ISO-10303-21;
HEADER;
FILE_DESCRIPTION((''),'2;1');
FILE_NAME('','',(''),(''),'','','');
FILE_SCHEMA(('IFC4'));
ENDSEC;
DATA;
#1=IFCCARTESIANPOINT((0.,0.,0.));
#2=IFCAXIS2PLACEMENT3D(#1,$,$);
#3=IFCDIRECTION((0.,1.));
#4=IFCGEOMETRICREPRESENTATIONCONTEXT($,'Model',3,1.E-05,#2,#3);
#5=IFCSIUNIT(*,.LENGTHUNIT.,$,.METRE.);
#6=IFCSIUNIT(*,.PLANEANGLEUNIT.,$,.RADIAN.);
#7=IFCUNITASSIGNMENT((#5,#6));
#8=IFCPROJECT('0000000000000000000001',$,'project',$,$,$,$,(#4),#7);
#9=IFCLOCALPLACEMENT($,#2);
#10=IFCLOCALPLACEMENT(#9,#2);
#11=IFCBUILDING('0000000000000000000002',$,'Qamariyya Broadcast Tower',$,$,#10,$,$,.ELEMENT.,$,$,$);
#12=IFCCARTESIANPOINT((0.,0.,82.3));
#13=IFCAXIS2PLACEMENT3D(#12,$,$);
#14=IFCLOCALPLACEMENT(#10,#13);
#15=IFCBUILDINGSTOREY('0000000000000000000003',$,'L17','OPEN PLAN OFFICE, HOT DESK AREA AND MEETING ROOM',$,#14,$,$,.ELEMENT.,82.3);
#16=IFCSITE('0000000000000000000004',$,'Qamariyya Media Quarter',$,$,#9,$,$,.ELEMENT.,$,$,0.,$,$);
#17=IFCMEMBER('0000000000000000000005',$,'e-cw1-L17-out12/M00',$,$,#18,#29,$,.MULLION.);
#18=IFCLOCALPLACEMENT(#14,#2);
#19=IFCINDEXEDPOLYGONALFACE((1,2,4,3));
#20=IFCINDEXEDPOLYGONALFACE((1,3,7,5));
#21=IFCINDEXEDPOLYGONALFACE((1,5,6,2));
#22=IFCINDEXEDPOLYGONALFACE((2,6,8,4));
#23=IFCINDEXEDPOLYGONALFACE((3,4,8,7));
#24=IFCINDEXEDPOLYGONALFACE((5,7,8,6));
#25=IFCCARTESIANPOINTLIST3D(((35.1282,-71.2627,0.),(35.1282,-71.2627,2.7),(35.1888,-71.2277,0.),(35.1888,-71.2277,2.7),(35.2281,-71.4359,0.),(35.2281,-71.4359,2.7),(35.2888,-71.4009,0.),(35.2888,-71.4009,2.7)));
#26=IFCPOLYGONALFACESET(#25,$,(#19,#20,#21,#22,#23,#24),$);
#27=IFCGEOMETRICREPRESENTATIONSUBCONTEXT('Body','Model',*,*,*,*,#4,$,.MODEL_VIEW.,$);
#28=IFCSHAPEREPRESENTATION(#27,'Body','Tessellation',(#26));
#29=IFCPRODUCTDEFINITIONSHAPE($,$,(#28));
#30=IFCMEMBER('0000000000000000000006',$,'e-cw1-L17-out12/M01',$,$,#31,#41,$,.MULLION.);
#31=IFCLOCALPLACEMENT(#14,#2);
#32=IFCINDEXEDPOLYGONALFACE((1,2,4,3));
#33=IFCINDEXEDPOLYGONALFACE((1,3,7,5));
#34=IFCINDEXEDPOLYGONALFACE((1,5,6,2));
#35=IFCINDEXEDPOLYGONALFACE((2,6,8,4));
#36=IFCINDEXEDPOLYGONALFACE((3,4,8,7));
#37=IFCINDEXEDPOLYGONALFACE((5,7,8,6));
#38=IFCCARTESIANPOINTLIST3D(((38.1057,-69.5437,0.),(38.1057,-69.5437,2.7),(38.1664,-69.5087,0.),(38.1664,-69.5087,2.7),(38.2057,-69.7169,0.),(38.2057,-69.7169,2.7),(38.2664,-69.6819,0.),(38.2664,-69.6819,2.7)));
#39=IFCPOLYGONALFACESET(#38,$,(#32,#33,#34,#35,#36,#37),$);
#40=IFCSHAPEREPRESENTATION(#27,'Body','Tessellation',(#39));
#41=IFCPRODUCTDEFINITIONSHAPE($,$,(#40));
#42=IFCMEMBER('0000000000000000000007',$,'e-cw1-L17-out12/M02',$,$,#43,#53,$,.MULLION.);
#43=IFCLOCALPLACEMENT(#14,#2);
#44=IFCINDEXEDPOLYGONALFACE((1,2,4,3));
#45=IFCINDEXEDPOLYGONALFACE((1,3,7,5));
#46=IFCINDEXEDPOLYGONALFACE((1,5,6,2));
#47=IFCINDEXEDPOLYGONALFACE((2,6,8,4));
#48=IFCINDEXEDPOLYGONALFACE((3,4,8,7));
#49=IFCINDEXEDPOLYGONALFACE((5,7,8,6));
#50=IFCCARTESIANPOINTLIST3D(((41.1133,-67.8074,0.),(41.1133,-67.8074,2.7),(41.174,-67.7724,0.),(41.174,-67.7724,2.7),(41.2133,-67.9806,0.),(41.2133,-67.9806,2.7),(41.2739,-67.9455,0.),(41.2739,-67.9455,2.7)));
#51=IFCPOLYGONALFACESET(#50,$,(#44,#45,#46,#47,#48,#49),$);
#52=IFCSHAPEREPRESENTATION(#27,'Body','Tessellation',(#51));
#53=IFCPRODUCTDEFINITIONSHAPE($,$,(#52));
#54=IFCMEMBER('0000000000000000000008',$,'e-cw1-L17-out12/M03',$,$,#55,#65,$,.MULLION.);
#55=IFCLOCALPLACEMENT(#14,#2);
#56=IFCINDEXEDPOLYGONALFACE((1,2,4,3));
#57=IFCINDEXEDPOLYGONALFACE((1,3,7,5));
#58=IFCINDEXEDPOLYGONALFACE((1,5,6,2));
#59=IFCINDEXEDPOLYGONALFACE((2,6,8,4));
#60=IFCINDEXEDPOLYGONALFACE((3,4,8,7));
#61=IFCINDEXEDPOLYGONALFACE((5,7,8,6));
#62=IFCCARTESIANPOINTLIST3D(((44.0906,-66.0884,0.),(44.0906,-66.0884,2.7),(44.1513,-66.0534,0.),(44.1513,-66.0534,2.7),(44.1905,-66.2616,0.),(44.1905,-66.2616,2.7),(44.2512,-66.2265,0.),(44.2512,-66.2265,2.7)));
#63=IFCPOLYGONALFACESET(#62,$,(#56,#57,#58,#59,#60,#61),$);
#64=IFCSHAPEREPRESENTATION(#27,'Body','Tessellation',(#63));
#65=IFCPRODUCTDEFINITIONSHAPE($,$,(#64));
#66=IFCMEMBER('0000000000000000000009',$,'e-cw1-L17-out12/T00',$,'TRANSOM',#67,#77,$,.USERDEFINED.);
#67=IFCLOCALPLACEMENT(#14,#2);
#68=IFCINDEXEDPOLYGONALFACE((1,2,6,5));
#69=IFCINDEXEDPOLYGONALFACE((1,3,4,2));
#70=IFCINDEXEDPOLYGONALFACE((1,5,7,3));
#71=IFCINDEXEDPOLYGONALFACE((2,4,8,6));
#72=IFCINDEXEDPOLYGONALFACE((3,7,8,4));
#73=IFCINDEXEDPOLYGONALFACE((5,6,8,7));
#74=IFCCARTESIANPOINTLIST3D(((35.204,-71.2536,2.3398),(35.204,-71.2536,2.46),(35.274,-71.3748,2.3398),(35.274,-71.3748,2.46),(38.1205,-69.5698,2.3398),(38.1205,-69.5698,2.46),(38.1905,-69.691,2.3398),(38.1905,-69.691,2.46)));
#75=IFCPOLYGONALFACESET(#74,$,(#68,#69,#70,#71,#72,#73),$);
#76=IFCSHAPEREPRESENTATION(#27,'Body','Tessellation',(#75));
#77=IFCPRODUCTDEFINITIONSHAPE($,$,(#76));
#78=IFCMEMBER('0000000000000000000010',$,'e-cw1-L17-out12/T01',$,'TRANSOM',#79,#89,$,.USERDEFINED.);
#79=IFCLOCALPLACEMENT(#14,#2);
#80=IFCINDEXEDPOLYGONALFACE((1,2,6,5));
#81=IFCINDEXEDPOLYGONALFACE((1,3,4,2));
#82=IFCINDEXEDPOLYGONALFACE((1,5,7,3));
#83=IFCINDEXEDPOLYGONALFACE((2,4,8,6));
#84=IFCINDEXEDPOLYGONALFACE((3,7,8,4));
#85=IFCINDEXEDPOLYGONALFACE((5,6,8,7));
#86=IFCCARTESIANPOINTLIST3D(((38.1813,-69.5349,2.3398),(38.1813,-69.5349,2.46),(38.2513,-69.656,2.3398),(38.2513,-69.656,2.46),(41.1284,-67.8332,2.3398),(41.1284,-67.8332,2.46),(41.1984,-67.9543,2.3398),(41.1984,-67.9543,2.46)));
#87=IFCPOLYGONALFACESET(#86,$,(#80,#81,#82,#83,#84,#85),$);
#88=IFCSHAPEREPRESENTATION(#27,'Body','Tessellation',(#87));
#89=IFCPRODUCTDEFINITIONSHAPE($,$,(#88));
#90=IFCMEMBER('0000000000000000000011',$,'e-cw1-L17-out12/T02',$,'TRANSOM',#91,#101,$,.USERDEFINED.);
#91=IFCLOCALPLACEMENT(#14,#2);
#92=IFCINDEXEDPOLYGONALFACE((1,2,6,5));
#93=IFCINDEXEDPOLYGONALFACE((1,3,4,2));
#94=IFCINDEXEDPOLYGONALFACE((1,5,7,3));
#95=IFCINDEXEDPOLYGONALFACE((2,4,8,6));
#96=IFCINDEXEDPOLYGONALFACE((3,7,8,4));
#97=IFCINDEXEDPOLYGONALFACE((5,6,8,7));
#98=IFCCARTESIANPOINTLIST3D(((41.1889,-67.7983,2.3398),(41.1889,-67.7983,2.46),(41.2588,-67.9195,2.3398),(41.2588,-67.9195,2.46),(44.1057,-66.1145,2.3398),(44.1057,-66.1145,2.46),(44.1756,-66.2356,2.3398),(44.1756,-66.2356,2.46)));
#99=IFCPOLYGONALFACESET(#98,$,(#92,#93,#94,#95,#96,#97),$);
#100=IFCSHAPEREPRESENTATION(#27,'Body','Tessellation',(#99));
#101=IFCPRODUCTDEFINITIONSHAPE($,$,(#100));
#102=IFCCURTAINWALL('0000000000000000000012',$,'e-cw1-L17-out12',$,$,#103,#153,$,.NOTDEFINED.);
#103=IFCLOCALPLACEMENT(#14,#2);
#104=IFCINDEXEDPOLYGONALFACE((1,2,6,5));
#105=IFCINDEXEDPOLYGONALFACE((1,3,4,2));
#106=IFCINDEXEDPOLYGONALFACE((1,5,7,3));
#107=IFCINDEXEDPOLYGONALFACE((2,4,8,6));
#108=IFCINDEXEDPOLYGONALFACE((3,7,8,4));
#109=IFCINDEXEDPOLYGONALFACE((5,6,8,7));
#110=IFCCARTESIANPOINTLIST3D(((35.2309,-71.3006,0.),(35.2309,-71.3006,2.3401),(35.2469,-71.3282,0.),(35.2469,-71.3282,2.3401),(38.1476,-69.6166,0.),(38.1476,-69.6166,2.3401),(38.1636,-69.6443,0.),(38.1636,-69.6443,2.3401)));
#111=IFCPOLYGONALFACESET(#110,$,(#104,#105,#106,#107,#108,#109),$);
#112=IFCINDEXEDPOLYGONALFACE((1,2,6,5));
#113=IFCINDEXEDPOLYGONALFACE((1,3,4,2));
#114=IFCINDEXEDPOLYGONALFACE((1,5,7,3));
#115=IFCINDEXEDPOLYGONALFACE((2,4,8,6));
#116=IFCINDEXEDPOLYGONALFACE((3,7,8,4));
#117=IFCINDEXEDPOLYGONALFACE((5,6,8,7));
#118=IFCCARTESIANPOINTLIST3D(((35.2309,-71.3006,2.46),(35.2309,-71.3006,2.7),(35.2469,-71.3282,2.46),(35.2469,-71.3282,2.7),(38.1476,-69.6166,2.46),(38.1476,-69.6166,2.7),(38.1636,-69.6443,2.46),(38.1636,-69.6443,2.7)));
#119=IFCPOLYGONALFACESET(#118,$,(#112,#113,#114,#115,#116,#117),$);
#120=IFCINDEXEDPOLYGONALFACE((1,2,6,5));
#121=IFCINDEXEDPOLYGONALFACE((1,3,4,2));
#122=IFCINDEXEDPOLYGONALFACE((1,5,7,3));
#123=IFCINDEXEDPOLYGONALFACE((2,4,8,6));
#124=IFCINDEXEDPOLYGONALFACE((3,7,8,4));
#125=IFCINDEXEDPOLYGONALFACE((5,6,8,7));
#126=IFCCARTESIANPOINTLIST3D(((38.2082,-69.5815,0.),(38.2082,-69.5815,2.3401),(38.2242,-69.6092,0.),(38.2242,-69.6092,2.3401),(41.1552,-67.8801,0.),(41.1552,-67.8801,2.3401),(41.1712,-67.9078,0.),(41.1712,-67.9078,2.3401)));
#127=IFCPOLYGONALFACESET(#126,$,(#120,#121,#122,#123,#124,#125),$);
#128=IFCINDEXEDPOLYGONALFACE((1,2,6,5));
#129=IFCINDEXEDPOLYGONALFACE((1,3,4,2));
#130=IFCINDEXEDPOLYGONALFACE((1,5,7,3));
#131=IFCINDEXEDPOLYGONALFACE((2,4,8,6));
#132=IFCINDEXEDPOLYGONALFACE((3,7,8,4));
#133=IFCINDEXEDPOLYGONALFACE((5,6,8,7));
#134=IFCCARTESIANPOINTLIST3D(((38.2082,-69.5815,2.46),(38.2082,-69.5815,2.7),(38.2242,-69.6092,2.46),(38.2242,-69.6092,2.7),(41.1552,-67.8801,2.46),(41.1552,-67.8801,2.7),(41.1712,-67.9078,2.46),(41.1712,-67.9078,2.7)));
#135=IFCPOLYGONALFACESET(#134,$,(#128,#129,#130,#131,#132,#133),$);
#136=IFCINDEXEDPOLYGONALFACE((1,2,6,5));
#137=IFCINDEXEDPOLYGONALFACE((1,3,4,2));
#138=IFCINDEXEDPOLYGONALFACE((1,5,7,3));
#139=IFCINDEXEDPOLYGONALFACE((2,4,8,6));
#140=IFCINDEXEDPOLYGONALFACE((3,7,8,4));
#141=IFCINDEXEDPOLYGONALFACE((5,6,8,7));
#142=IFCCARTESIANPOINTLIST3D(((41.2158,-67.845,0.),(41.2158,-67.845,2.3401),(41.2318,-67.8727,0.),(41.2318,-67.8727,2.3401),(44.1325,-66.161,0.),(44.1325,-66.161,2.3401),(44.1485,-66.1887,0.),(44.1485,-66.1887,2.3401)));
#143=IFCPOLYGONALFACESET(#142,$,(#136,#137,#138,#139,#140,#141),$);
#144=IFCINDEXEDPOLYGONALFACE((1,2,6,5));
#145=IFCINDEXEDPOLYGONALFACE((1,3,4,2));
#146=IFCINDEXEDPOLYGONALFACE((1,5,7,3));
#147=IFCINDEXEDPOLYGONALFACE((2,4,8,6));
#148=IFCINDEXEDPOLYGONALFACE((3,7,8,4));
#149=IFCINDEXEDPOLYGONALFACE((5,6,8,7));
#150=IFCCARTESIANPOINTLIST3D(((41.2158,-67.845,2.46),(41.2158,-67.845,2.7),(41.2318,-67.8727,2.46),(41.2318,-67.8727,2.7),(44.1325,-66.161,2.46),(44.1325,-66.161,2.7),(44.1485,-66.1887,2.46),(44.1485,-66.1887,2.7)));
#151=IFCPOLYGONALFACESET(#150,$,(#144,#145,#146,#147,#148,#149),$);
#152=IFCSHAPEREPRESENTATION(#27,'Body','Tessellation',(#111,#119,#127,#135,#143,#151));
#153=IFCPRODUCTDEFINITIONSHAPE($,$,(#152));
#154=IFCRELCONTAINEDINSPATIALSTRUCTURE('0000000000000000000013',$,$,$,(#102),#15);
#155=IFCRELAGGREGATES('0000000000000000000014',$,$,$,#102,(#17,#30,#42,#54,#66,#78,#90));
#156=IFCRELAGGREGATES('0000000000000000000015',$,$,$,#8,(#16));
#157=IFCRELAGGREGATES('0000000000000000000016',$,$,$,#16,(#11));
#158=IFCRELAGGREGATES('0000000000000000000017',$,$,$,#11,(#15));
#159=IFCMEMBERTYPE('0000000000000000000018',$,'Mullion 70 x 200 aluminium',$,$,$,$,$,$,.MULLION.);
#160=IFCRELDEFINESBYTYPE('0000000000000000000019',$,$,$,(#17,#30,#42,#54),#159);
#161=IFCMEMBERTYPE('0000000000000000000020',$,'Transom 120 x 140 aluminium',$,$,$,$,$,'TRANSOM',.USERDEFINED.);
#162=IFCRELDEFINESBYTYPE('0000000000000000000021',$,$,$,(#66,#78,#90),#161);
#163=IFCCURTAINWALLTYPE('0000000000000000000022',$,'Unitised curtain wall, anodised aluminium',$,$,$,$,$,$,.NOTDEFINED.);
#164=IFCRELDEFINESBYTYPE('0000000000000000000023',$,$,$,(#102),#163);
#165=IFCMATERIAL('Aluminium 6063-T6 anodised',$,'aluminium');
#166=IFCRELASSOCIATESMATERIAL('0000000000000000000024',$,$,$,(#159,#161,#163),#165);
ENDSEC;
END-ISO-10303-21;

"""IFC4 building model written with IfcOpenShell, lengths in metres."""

from ifc_helpers import new_model, si_unit, direction, frame, origin, origin_2d, place, context, subcontext, project, spatial, rectangle, extrude, material, material_profile, profile_set, type_object, element, aggregate, save


model = new_model("IFC4")

# Units and contexts
model_context = context("Model", 3, precision=1e-05, world=origin(), true_north=direction((0.0, 1.0)))
body_context = subcontext(model_context, "Body", "Model", "MODEL_VIEW")
ifc_project = project(units=[si_unit("LENGTHUNIT", "METRE"), si_unit("PLANEANGLEUNIT", "RADIAN")], contexts=[model_context])

# Members
ifc_material = material(Name="Aluminium 6063-T6 anodised", Category="aluminium")
ifc_material_profile_1 = material_profile(ifc_material, rectangle(XDim=0.2, YDim=0.0701, at=origin_2d()))
ifc_profile_set_1 = profile_set([ifc_material_profile_1], Name="Aluminium 6063-T6 anodised")
member_type_1 = type_object("IfcMemberType", Name="Mullion 70 x 200 aluminium", PredefinedType="MULLION", material=ifc_profile_set_1)
site_placement = place(None, origin())
building_placement = place(site_placement, origin())
storey_placement = place(building_placement, frame((0.0, 0.0, 82.3)))
member_1_placement = place(storey_placement, frame((35.2085, -71.3318, 0.0), z_axis=(0.0, 0.0, 1.0), x_axis=(-0.5, 0.866025, 0.0)))
member_1 = element("IfcMember", 1, at=member_1_placement, type_object=member_type_1, Name="e-cw1-L17-out12/M00", PredefinedType="MULLION", context=body_context, shape_type="SweptSolid", body=[
    extrude(rectangle(XDim=0.2, YDim=0.0701, at=origin_2d()), origin(), (0.0, 0.0, 1.0), 2.7),
])
member_2_placement = place(storey_placement, frame((38.186, -69.6128, 0.0), z_axis=(0.0, 0.0, 1.0), x_axis=(-0.5, 0.866025, 0.0)))
member_2 = element("IfcMember", 2, at=member_2_placement, type_object=member_type_1, Name="e-cw1-L17-out12/M01", PredefinedType="MULLION", context=body_context, shape_type="SweptSolid", body=[
    extrude(rectangle(XDim=0.2, YDim=0.0701, at=origin_2d()), origin(), (0.0, 0.0, 1.0), 2.7),
])
member_3_placement = place(storey_placement, frame((41.1936, -67.8765, 0.0), z_axis=(0.0, 0.0, 1.0), x_axis=(-0.5, 0.866025, 0.0)))
member_3 = element("IfcMember", 3, at=member_3_placement, type_object=member_type_1, Name="e-cw1-L17-out12/M02", PredefinedType="MULLION", context=body_context, shape_type="SweptSolid", body=[
    extrude(rectangle(XDim=0.2, YDim=0.0701, at=origin_2d()), origin(), (0.0, 0.0, 1.0), 2.7),
])
member_4_placement = place(storey_placement, frame((44.1709, -66.1575, 0.0), z_axis=(0.0, 0.0, 1.0), x_axis=(-0.5, 0.866025, 0.0)))
member_4 = element("IfcMember", 4, at=member_4_placement, type_object=member_type_1, Name="e-cw1-L17-out12/M03", PredefinedType="MULLION", context=body_context, shape_type="SweptSolid", body=[
    extrude(rectangle(XDim=0.2, YDim=0.0701, at=origin_2d()), origin(), (0.0, 0.0, 1.0), 2.7),
])
ifc_material_profile_2 = material_profile(ifc_material, rectangle(XDim=0.1399, YDim=0.1201, at=origin_2d()))
ifc_profile_set_2 = profile_set([ifc_material_profile_2], Name="Aluminium 6063-T6 anodised")
member_type_2 = type_object("IfcMemberType", Name="Transom 120 x 140 aluminium", ElementType="TRANSOM", PredefinedType="USERDEFINED", material=ifc_profile_set_2)
member_5_placement = place(storey_placement, frame((35.239, -71.3142, 2.3999), z_axis=(0.866026, 0.499999, 0.0), x_axis=(-0.499999, 0.866026, 0.0)))
member_5 = element("IfcMember", 5, at=member_5_placement, type_object=member_type_2, Name="e-cw1-L17-out12/T00", ObjectType="TRANSOM", PredefinedType="USERDEFINED", context=body_context, shape_type="SweptSolid", body=[
    extrude(rectangle(XDim=0.1399, YDim=0.1201, at=origin_2d()), origin(), (0.0, 0.0, 1.0), 3.3677),
])
member_6_placement = place(storey_placement, frame((38.2163, -69.5955, 2.3999), z_axis=(0.866, 0.500043, 0.0), x_axis=(-0.500043, 0.866, 0.0)))
member_6 = element("IfcMember", 6, at=member_6_placement, type_object=member_type_2, Name="e-cw1-L17-out12/T01", ObjectType="TRANSOM", PredefinedType="USERDEFINED", context=body_context, shape_type="SweptSolid", body=[
    extrude(rectangle(XDim=0.1399, YDim=0.1201, at=origin_2d()), origin(), (0.0, 0.0, 1.0), 3.4031),
])
member_7_placement = place(storey_placement, frame((41.2239, -67.8589, 2.3999), z_axis=(0.866044, 0.499967, 0.0), x_axis=(-0.499967, 0.866044, 0.0)))
member_7 = element("IfcMember", 7, at=member_7_placement, type_object=member_type_2, Name="e-cw1-L17-out12/T02", ObjectType="TRANSOM", PredefinedType="USERDEFINED", context=body_context, shape_type="SweptSolid", body=[
    extrude(rectangle(XDim=0.1399, YDim=0.1201, at=origin_2d()), origin(), (0.0, 0.0, 1.0), 3.3679),
])

# Site, building, storey
site = spatial("IfcSite", under=ifc_project, at=site_placement, Name="Qamariyya Media Quarter", CompositionType="ELEMENT", RefElevation=0.0)
building = spatial("IfcBuilding", under=site, at=building_placement, Name="Qamariyya Broadcast Tower", CompositionType="ELEMENT")
storey = spatial("IfcBuildingStorey", under=building, at=storey_placement, Name="L17", Description="OPEN PLAN OFFICE, HOT DESK AREA AND MEETING ROOM", CompositionType="ELEMENT", Elevation=82.3)

# Curtain wall
curtain_wall_type = type_object("IfcCurtainWallType", Name="Unitised curtain wall, anodised aluminium", PredefinedType="NOTDEFINED", material=ifc_material)
curtain_wall_1_placement = place(storey_placement, origin())
curtain_wall_1 = element("IfcCurtainWall", 8, at=curtain_wall_1_placement, inside=storey, type_object=curtain_wall_type, Name="e-cw1-L17-out12", PredefinedType="NOTDEFINED", context=body_context, shape_type="SweptSolid", body=[
    extrude(rectangle(XDim=3.3679, YDim=0.032, at=origin_2d()), frame((36.6973, -70.4724, 0.0), x_axis=(0.866022, 0.500005, 0.0)), (0.0, 0.0, 1.0), 2.3401),
    extrude(rectangle(XDim=3.3679, YDim=0.032, at=origin_2d()), frame((36.6973, -70.4724, 2.46), x_axis=(0.866022, 0.500005, 0.0)), (0.0, 0.0, 1.0), 0.24),
    extrude(rectangle(XDim=3.4028, YDim=0.032, at=origin_2d()), frame((39.6897, -68.7446, 0.0), x_axis=(0.866022, 0.500005, 0.0)), (0.0, 0.0, 1.0), 2.3401),
    extrude(rectangle(XDim=3.4028, YDim=0.032, at=origin_2d()), frame((39.6897, -68.7446, 2.46), x_axis=(0.866022, 0.500005, 0.0)), (0.0, 0.0, 1.0), 0.24),
    extrude(rectangle(XDim=3.3679, YDim=0.032, at=origin_2d()), frame((42.6821, -67.0168, 0.0), x_axis=(0.866022, 0.500005, 0.0)), (0.0, 0.0, 1.0), 2.3401),
    extrude(rectangle(XDim=3.3679, YDim=0.032, at=origin_2d()), frame((42.6821, -67.0168, 2.46), x_axis=(0.866022, 0.500005, 0.0)), (0.0, 0.0, 1.0), 0.24),
])
aggregate(curtain_wall_1, [member_1, member_2, member_3, member_4, member_5, member_6, member_7])

save(model, "model.ifc")
